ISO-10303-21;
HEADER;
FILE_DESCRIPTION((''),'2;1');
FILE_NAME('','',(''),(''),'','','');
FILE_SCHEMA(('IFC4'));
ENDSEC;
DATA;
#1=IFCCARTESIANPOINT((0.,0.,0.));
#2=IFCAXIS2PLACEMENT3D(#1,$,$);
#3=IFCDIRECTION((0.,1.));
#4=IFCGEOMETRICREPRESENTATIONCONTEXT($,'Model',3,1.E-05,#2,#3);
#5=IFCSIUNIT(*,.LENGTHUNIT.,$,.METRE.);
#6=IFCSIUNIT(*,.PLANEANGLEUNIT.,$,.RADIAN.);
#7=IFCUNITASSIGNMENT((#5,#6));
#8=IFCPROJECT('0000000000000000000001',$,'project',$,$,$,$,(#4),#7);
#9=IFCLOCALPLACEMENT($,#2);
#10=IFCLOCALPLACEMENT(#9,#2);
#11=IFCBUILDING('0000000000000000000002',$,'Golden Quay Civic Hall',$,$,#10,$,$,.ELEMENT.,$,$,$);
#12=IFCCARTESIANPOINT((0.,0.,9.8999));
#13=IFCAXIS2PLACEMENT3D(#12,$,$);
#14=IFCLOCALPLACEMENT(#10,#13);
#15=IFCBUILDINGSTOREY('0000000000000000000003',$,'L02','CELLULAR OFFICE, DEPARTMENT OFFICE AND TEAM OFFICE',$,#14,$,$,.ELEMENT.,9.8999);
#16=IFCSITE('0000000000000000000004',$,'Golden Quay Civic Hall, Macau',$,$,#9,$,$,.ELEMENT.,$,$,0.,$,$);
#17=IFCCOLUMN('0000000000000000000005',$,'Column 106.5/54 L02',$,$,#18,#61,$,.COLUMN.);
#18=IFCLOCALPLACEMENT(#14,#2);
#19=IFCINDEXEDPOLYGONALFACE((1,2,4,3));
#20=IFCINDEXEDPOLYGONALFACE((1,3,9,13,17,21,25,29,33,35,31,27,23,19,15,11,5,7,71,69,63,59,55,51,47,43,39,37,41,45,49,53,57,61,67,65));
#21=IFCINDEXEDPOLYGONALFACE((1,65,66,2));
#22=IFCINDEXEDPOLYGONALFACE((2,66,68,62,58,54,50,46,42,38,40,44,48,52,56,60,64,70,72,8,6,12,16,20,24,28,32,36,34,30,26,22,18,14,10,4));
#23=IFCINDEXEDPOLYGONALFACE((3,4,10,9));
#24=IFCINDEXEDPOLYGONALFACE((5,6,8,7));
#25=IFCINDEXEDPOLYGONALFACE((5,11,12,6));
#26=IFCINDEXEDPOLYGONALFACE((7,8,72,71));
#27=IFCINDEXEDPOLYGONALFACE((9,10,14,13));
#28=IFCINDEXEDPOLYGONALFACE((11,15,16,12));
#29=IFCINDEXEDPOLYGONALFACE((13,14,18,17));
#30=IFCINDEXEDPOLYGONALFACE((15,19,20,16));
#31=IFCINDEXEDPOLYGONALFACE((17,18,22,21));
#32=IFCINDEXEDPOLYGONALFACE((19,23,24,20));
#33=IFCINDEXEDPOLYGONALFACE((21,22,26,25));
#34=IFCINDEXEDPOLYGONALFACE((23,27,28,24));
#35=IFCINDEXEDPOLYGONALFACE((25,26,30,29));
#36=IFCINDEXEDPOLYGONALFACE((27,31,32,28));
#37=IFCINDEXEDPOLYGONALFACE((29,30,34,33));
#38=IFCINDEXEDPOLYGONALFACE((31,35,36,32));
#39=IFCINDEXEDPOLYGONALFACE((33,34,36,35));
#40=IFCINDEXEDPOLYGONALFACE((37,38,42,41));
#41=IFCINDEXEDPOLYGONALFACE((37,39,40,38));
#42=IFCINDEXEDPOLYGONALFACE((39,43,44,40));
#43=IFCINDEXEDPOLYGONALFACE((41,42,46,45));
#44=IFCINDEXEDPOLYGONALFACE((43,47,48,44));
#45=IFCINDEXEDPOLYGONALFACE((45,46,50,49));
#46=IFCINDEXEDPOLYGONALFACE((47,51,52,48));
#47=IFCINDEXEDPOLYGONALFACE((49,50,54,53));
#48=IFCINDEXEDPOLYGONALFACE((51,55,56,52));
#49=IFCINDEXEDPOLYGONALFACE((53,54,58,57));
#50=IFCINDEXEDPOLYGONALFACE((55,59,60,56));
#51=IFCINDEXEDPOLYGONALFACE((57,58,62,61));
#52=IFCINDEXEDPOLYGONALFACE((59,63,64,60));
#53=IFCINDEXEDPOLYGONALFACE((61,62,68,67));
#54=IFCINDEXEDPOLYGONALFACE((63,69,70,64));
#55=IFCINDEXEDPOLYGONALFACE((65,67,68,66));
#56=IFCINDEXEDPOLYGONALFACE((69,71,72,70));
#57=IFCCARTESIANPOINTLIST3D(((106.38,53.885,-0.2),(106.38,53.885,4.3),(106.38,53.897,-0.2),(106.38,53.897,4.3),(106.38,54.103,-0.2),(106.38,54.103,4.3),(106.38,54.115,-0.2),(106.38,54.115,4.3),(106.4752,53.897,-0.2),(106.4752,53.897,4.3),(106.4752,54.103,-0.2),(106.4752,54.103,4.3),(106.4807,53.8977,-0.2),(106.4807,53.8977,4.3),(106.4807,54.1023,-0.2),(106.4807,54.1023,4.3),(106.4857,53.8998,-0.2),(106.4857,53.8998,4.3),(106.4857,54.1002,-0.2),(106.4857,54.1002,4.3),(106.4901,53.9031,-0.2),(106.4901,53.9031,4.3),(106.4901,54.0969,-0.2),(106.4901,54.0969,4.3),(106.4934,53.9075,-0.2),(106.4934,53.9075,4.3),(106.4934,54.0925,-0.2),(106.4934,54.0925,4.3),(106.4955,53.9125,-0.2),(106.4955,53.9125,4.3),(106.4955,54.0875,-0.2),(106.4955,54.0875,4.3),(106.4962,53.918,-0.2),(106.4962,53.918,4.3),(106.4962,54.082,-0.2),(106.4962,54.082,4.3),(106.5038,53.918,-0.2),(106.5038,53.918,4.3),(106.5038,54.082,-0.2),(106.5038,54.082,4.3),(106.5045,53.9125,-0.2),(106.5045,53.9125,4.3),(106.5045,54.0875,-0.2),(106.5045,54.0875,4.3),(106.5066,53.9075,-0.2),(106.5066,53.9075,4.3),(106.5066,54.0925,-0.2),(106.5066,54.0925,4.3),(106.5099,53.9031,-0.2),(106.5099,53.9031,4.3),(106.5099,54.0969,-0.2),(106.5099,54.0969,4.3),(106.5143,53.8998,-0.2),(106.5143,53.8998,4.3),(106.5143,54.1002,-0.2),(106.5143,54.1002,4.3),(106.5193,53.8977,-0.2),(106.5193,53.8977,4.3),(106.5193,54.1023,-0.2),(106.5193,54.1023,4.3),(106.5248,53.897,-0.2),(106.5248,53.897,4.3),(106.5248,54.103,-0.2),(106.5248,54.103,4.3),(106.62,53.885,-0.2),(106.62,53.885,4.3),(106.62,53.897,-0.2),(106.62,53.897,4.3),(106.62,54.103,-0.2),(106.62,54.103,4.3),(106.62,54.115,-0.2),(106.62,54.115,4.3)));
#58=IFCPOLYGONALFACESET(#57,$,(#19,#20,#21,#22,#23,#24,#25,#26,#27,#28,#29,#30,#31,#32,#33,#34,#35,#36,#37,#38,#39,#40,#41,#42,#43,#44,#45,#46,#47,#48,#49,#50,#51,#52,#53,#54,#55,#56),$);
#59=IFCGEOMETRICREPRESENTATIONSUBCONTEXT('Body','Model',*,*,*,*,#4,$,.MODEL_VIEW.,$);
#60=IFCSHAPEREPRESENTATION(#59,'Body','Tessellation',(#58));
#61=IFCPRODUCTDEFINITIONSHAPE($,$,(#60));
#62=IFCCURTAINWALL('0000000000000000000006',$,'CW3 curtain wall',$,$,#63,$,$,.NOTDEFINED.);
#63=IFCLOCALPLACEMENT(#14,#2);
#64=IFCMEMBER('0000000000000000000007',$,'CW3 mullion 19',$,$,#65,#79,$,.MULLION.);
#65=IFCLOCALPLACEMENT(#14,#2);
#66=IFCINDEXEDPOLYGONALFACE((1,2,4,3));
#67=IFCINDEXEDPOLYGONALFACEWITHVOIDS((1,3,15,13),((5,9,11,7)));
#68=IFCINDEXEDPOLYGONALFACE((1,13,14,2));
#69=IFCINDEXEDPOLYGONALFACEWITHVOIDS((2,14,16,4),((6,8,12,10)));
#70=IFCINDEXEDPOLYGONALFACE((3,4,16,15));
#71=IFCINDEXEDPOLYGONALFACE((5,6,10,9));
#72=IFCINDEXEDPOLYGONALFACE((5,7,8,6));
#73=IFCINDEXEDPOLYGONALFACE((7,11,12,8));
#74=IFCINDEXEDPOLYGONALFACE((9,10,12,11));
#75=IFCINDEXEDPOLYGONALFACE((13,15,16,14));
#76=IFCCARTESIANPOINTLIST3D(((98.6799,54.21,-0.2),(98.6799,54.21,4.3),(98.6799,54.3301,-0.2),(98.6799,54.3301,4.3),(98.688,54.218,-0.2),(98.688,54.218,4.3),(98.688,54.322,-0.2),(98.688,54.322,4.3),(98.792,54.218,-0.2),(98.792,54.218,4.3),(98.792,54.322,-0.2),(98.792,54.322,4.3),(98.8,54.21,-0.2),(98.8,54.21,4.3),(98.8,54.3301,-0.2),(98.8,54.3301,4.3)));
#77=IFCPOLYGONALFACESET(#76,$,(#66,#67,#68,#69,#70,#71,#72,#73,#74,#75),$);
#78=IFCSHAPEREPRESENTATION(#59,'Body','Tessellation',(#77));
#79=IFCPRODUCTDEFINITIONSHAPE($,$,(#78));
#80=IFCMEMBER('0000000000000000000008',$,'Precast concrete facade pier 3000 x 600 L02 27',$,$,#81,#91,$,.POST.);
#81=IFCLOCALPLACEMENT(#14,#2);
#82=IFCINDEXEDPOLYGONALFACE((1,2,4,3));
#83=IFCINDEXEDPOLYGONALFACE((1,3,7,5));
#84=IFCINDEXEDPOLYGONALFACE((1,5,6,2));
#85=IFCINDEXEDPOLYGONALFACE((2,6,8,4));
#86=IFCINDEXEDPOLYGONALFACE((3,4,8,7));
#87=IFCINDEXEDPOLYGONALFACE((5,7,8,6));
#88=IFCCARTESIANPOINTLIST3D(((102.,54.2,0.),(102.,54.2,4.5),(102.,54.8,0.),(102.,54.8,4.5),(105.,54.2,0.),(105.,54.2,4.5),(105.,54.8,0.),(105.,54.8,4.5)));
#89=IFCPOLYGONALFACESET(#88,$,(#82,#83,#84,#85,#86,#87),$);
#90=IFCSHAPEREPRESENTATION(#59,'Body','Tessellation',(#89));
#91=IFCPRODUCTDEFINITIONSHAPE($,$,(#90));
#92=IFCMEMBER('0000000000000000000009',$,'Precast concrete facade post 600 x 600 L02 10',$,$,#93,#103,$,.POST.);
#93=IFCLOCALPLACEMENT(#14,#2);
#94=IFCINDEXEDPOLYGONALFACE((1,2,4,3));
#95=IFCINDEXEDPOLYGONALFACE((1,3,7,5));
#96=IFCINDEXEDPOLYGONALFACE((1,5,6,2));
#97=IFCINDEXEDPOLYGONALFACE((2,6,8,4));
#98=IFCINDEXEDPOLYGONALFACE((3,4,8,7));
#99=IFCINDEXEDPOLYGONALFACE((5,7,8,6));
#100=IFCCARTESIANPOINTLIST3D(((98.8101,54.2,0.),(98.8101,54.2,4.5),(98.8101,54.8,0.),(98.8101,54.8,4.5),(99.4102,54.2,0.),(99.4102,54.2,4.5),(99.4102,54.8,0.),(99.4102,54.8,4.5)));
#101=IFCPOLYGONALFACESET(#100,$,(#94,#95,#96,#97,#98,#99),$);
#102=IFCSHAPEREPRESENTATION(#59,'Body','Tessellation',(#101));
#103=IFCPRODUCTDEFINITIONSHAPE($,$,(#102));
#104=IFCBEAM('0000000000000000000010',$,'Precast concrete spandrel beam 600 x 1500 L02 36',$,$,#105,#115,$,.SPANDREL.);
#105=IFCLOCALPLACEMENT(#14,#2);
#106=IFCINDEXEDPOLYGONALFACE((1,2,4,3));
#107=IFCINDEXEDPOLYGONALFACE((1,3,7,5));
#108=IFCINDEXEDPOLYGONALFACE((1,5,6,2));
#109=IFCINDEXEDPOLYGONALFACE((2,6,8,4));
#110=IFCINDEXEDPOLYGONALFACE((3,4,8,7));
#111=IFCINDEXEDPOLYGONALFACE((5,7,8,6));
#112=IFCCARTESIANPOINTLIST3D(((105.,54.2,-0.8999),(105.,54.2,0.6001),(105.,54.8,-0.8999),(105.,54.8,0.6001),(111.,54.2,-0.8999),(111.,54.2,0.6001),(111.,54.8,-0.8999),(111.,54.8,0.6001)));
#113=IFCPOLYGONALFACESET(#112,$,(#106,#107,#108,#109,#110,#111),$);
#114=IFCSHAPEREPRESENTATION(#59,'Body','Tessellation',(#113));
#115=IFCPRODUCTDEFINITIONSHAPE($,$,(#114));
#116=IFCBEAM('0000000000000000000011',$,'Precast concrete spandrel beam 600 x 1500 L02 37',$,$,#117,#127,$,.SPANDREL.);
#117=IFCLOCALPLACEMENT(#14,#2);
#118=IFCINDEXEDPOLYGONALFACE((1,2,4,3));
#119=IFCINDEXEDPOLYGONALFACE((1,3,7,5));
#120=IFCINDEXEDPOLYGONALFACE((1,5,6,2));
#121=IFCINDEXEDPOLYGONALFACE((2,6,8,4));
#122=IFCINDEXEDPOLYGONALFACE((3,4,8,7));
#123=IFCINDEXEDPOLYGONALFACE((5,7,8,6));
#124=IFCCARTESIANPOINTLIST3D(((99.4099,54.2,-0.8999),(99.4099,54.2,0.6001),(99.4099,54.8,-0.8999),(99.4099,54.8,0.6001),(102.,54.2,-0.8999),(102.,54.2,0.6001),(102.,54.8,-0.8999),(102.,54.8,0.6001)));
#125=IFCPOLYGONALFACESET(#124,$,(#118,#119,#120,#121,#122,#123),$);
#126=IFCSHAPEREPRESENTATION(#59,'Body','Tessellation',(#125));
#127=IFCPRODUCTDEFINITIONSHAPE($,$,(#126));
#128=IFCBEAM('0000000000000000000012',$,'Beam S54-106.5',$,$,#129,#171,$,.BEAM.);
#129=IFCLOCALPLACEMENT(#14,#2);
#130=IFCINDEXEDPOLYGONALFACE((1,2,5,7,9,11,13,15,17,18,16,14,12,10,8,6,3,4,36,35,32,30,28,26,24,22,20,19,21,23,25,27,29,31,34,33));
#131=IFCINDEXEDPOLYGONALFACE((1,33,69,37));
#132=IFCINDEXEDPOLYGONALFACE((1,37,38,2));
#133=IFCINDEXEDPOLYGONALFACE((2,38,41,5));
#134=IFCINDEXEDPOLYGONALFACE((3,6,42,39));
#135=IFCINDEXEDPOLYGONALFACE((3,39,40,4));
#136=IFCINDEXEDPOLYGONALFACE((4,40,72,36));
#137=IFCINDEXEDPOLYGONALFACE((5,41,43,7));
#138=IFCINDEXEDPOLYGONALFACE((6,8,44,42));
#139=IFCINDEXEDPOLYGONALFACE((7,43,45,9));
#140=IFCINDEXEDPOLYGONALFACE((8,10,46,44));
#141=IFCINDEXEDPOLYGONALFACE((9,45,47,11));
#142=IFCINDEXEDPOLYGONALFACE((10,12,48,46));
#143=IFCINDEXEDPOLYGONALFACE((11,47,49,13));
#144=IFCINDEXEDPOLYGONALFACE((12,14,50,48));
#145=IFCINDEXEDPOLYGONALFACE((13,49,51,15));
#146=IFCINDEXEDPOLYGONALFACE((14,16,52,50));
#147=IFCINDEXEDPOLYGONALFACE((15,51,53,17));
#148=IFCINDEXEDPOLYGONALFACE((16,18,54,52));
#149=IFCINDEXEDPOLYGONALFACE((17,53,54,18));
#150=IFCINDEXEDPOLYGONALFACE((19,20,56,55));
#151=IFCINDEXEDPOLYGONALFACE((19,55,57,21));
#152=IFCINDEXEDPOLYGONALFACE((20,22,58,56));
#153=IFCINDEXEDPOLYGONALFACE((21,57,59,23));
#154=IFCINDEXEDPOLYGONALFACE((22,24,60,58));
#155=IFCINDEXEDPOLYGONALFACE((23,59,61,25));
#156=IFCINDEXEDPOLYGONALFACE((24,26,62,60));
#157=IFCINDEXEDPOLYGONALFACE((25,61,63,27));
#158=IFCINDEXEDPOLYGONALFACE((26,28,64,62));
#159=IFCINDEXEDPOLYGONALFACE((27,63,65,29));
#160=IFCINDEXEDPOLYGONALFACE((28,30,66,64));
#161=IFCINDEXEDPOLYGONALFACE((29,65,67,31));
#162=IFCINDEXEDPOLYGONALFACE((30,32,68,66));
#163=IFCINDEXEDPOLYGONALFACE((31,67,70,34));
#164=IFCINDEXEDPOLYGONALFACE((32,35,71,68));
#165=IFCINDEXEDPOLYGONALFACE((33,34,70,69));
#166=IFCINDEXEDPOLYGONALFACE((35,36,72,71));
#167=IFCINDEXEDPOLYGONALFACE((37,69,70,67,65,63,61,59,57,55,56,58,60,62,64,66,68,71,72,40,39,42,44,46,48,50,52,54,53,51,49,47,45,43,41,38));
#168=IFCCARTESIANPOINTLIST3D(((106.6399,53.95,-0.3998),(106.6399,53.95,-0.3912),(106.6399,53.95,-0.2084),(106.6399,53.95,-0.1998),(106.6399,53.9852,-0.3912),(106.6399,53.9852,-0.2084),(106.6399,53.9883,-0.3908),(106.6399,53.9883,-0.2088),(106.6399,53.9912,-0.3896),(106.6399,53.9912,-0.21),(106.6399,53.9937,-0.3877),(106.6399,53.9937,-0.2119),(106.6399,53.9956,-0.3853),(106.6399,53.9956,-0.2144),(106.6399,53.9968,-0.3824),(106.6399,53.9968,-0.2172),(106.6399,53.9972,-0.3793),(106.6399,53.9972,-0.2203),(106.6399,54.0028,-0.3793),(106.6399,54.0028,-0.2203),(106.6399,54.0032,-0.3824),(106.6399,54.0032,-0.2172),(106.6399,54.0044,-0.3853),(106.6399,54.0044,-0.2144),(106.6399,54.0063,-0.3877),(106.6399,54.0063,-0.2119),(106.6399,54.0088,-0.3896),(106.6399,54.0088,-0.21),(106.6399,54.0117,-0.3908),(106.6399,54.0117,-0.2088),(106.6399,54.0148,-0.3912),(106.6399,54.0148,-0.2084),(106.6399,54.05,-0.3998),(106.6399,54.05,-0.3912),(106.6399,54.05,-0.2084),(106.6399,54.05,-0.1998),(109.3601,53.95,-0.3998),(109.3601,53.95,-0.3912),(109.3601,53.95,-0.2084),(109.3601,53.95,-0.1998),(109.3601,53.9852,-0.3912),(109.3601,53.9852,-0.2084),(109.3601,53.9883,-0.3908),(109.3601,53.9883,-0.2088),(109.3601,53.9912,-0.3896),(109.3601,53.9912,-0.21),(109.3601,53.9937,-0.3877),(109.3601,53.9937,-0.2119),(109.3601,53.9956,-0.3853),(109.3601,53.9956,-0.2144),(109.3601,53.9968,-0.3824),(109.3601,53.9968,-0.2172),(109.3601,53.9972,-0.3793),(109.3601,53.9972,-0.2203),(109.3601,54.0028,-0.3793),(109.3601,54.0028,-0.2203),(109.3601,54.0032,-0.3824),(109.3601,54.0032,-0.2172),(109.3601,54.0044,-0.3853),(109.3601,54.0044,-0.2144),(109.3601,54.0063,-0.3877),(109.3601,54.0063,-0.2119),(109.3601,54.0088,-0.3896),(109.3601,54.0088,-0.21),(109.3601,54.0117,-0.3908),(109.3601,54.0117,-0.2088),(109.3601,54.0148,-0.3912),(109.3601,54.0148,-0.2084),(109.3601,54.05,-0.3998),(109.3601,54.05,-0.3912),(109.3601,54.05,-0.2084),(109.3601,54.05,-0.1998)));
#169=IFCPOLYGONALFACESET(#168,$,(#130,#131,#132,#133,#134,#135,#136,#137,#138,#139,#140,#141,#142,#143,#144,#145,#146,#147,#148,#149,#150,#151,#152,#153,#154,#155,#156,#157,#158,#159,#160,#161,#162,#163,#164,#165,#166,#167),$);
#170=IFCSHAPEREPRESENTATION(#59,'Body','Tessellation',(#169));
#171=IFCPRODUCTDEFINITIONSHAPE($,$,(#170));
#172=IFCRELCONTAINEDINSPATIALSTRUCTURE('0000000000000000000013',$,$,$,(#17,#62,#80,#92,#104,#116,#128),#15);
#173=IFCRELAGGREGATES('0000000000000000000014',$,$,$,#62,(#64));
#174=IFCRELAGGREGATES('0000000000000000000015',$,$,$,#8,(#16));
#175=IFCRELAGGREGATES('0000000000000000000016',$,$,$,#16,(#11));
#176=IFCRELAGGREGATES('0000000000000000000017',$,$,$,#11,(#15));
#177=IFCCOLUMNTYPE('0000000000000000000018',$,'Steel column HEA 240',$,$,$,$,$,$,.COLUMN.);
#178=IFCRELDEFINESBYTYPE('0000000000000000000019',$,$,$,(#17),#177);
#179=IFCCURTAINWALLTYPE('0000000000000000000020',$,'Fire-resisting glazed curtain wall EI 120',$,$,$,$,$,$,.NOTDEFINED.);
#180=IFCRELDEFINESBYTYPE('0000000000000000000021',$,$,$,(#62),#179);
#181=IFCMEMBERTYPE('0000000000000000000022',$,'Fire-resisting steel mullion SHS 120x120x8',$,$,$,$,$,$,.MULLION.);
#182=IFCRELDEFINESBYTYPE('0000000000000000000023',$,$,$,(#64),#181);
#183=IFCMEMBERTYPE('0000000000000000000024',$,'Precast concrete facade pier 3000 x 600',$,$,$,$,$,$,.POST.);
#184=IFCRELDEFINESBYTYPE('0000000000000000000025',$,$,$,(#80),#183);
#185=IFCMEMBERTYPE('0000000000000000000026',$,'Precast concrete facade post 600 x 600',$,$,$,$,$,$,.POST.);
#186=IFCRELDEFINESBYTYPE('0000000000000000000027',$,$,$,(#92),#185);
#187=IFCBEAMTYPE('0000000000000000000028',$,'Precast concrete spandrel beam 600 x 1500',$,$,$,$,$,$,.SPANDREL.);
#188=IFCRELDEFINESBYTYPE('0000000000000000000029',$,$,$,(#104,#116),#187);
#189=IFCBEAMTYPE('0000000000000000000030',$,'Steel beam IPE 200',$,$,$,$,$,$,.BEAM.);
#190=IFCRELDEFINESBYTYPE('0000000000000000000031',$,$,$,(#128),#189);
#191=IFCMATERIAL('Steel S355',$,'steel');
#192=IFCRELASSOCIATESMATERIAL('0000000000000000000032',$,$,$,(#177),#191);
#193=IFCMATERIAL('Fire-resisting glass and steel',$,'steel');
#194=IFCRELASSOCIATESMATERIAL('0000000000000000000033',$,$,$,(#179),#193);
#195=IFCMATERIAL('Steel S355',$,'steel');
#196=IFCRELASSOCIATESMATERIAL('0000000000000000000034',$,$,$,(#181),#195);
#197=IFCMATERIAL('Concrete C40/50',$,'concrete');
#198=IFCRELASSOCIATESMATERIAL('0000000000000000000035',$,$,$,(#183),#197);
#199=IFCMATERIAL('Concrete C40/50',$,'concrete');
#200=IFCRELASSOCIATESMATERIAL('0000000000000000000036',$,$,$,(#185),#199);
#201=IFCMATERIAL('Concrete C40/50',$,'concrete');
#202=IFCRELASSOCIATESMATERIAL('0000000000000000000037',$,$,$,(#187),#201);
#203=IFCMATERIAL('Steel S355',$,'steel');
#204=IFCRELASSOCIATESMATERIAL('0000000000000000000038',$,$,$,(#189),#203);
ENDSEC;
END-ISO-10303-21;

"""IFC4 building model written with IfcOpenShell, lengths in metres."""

from ifc_helpers import new_model, si_unit, direction, frame, origin, origin_2d, place, context, subcontext, project, spatial, rectangle, hollow_rectangle, i_section, extrude, material, material_profile, profile_set, type_object, element, aggregate, save


model = new_model("IFC4")

# Units and contexts
model_context = context("Model", 3, precision=1e-05, world=origin(), true_north=direction((0.0, 1.0)))
body_context = subcontext(model_context, "Body", "Model", "MODEL_VIEW")
ifc_project = project(units=[si_unit("LENGTHUNIT", "METRE"), si_unit("PLANEANGLEUNIT", "RADIAN")], contexts=[model_context])

# Site, building, storey
site_placement = place(None, origin())
site = spatial("IfcSite", under=ifc_project, at=site_placement, Name="Golden Quay Civic Hall, Macau", CompositionType="ELEMENT", RefElevation=0.0)
building_placement = place(site_placement, origin())
building = spatial("IfcBuilding", under=site, at=building_placement, Name="Golden Quay Civic Hall", CompositionType="ELEMENT")
storey_placement = place(building_placement, frame((0.0, 0.0, 9.8999)))
storey = spatial("IfcBuildingStorey", under=building, at=storey_placement, Name="L02", Description="CELLULAR OFFICE, DEPARTMENT OFFICE AND TEAM OFFICE", CompositionType="ELEMENT", Elevation=9.8999)

# Column
ifc_material_1 = material(Name="Steel S355", Category="steel")
ifc_material_profile_1 = material_profile(ifc_material_1, i_section(OverallWidth=0.24, OverallDepth=0.23, WebThickness=0.0076, FlangeThickness=0.012, FilletRadius=0.021, at=origin_2d()), Name="HEA 240")
ifc_profile_set_1 = profile_set([ifc_material_profile_1], Name="Steel S355")
column_type = type_object("IfcColumnType", Name="Steel column HEA 240", PredefinedType="COLUMN", material=ifc_profile_set_1)
column_placement = place(storey_placement, frame((106.5, 54.0, -0.2), z_axis=(0.0, 0.0, 1.0), x_axis=(1.0, 0.0, 0.0)))
element("IfcColumn", 1, at=column_placement, inside=storey, type_object=column_type, Name="Column 106.5/54 L02", PredefinedType="COLUMN", context=body_context, shape_type="SweptSolid", body=[
    extrude(i_section(OverallWidth=0.24, OverallDepth=0.23, WebThickness=0.0076, FlangeThickness=0.012, FilletRadius=0.021, at=origin_2d()), origin(), (0.0, 0.0, 1.0), 4.5),
])

# Curtain wall, member
ifc_material_2 = material(Name="Fire-resisting glass and steel", Category="steel")
curtain_wall_type_1 = type_object("IfcCurtainWallType", Name="Fire-resisting glazed curtain wall EI 120", PredefinedType="NOTDEFINED", material=ifc_material_2)
curtain_wall_1_placement = place(storey_placement, origin())
curtain_wall_1 = element("IfcCurtainWall", 2, at=curtain_wall_1_placement, inside=storey, type_object=curtain_wall_type_1, Name="CW3 curtain wall", PredefinedType="NOTDEFINED")
ifc_material_3 = material(Name="Steel S355", Category="steel")
ifc_material_profile_2 = material_profile(ifc_material_3, hollow_rectangle(XDim=0.1201, YDim=0.1201, WallThickness=0.0081, at=origin_2d()), Name="SHS 120x120x8")
ifc_profile_set_2 = profile_set([ifc_material_profile_2], Name="Steel S355")
member_type_1 = type_object("IfcMemberType", Name="Fire-resisting steel mullion SHS 120x120x8", PredefinedType="MULLION", material=ifc_profile_set_2)
member_1_placement = place(storey_placement, frame((98.74, 54.27, -0.2), z_axis=(0.0, 0.0, 1.0), x_axis=(0.0, 1.0, 0.0)))
member_1 = element("IfcMember", 3, at=member_1_placement, type_object=member_type_1, Name="CW3 mullion 19", PredefinedType="MULLION", context=body_context, shape_type="SweptSolid", body=[
    extrude(hollow_rectangle(XDim=0.1201, YDim=0.1201, WallThickness=0.0081, at=origin_2d()), origin(), (0.0, 0.0, 1.0), 4.5),
])

# Members
ifc_material_4 = material(Name="Concrete C40/50", Category="concrete")
ifc_material_profile_3 = material_profile(ifc_material_4, rectangle(XDim=3.0, YDim=0.6001, at=origin_2d()), Name="RC 3000x600")
ifc_profile_set_3 = profile_set([ifc_material_profile_3], Name="Concrete C40/50")
member_type_2 = type_object("IfcMemberType", Name="Precast concrete facade pier 3000 x 600", PredefinedType="POST", material=ifc_profile_set_3)
member_2_placement = place(storey_placement, frame((103.5, 54.5, 0.0), z_axis=(0.0, 0.0, 1.0), x_axis=(1.0, 0.0, 0.0)))
element("IfcMember", 4, at=member_2_placement, inside=storey, type_object=member_type_2, Name="Precast concrete facade pier 3000 x 600 L02 27", PredefinedType="POST", context=body_context, shape_type="SweptSolid", body=[
    extrude(rectangle(XDim=3.0, YDim=0.6001, at=origin_2d()), origin(), (0.0, 0.0, 1.0), 4.5),
])
ifc_material_5 = material(Name="Concrete C40/50", Category="concrete")
ifc_material_profile_4 = material_profile(ifc_material_5, rectangle(XDim=0.6001, YDim=0.6001, at=origin_2d()), Name="RC 600x600")
ifc_profile_set_4 = profile_set([ifc_material_profile_4], Name="Concrete C40/50")
member_type_3 = type_object("IfcMemberType", Name="Precast concrete facade post 600 x 600", PredefinedType="POST", material=ifc_profile_set_4)
member_3_placement = place(storey_placement, frame((99.1101, 54.5, 0.0), z_axis=(0.0, 0.0, 1.0), x_axis=(1.0, 0.0, 0.0)))
element("IfcMember", 5, at=member_3_placement, inside=storey, type_object=member_type_3, Name="Precast concrete facade post 600 x 600 L02 10", PredefinedType="POST", context=body_context, shape_type="SweptSolid", body=[
    extrude(rectangle(XDim=0.6001, YDim=0.6001, at=origin_2d()), origin(), (0.0, 0.0, 1.0), 4.5),
])

# Beams
ifc_material_6 = material(Name="Concrete C40/50", Category="concrete")
ifc_material_profile_5 = material_profile(ifc_material_6, rectangle(XDim=0.6001, YDim=1.5, at=origin_2d()), Name="RC 600x1500")
ifc_profile_set_5 = profile_set([ifc_material_profile_5], Name="Concrete C40/50")
beam_type_1 = type_object("IfcBeamType", Name="Precast concrete spandrel beam 600 x 1500", PredefinedType="SPANDREL", material=ifc_profile_set_5)
beam_1_placement = place(storey_placement, frame((105.0, 54.5, -0.1499), z_axis=(1.0, 0.0, 0.0), x_axis=(0.0, 1.0, 0.0)))
element("IfcBeam", 6, at=beam_1_placement, inside=storey, type_object=beam_type_1, Name="Precast concrete spandrel beam 600 x 1500 L02 36", PredefinedType="SPANDREL", context=body_context, shape_type="SweptSolid", body=[
    extrude(rectangle(XDim=0.6001, YDim=1.5, at=origin_2d()), origin(), (0.0, 0.0, 1.0), 6.0),
])
beam_2_placement = place(storey_placement, frame((99.4099, 54.5, -0.1499), z_axis=(1.0, 0.0, 0.0), x_axis=(0.0, 1.0, 0.0)))
element("IfcBeam", 7, at=beam_2_placement, inside=storey, type_object=beam_type_1, Name="Precast concrete spandrel beam 600 x 1500 L02 37", PredefinedType="SPANDREL", context=body_context, shape_type="SweptSolid", body=[
    extrude(rectangle(XDim=0.6001, YDim=1.5, at=origin_2d()), origin(), (0.0, 0.0, 1.0), 2.5901),
])
ifc_material_7 = material(Name="Steel S355", Category="steel")
ifc_material_profile_6 = material_profile(ifc_material_7, i_section(OverallWidth=0.1001, OverallDepth=0.2, WebThickness=0.0056, FlangeThickness=0.0085, FilletRadius=0.012, at=origin_2d()), Name="IPE 200")
ifc_profile_set_6 = profile_set([ifc_material_profile_6], Name="Steel S355")
beam_type_2 = type_object("IfcBeamType", Name="Steel beam IPE 200", PredefinedType="BEAM", material=ifc_profile_set_6)
beam_3_placement = place(storey_placement, frame((106.6399, 54.0, -0.2998), z_axis=(1.0, 0.0, 0.0), x_axis=(0.0, 1.0, 0.0)))
element("IfcBeam", 8, at=beam_3_placement, inside=storey, type_object=beam_type_2, Name="Beam S54-106.5", PredefinedType="BEAM", context=body_context, shape_type="SweptSolid", body=[
    extrude(i_section(OverallWidth=0.1001, OverallDepth=0.2, WebThickness=0.0056, FlangeThickness=0.0085, FilletRadius=0.012, at=origin_2d()), origin(), (0.0, 0.0, 1.0), 2.7202),
])

aggregate(curtain_wall_1, [member_1])

save(model, "model.ifc")
